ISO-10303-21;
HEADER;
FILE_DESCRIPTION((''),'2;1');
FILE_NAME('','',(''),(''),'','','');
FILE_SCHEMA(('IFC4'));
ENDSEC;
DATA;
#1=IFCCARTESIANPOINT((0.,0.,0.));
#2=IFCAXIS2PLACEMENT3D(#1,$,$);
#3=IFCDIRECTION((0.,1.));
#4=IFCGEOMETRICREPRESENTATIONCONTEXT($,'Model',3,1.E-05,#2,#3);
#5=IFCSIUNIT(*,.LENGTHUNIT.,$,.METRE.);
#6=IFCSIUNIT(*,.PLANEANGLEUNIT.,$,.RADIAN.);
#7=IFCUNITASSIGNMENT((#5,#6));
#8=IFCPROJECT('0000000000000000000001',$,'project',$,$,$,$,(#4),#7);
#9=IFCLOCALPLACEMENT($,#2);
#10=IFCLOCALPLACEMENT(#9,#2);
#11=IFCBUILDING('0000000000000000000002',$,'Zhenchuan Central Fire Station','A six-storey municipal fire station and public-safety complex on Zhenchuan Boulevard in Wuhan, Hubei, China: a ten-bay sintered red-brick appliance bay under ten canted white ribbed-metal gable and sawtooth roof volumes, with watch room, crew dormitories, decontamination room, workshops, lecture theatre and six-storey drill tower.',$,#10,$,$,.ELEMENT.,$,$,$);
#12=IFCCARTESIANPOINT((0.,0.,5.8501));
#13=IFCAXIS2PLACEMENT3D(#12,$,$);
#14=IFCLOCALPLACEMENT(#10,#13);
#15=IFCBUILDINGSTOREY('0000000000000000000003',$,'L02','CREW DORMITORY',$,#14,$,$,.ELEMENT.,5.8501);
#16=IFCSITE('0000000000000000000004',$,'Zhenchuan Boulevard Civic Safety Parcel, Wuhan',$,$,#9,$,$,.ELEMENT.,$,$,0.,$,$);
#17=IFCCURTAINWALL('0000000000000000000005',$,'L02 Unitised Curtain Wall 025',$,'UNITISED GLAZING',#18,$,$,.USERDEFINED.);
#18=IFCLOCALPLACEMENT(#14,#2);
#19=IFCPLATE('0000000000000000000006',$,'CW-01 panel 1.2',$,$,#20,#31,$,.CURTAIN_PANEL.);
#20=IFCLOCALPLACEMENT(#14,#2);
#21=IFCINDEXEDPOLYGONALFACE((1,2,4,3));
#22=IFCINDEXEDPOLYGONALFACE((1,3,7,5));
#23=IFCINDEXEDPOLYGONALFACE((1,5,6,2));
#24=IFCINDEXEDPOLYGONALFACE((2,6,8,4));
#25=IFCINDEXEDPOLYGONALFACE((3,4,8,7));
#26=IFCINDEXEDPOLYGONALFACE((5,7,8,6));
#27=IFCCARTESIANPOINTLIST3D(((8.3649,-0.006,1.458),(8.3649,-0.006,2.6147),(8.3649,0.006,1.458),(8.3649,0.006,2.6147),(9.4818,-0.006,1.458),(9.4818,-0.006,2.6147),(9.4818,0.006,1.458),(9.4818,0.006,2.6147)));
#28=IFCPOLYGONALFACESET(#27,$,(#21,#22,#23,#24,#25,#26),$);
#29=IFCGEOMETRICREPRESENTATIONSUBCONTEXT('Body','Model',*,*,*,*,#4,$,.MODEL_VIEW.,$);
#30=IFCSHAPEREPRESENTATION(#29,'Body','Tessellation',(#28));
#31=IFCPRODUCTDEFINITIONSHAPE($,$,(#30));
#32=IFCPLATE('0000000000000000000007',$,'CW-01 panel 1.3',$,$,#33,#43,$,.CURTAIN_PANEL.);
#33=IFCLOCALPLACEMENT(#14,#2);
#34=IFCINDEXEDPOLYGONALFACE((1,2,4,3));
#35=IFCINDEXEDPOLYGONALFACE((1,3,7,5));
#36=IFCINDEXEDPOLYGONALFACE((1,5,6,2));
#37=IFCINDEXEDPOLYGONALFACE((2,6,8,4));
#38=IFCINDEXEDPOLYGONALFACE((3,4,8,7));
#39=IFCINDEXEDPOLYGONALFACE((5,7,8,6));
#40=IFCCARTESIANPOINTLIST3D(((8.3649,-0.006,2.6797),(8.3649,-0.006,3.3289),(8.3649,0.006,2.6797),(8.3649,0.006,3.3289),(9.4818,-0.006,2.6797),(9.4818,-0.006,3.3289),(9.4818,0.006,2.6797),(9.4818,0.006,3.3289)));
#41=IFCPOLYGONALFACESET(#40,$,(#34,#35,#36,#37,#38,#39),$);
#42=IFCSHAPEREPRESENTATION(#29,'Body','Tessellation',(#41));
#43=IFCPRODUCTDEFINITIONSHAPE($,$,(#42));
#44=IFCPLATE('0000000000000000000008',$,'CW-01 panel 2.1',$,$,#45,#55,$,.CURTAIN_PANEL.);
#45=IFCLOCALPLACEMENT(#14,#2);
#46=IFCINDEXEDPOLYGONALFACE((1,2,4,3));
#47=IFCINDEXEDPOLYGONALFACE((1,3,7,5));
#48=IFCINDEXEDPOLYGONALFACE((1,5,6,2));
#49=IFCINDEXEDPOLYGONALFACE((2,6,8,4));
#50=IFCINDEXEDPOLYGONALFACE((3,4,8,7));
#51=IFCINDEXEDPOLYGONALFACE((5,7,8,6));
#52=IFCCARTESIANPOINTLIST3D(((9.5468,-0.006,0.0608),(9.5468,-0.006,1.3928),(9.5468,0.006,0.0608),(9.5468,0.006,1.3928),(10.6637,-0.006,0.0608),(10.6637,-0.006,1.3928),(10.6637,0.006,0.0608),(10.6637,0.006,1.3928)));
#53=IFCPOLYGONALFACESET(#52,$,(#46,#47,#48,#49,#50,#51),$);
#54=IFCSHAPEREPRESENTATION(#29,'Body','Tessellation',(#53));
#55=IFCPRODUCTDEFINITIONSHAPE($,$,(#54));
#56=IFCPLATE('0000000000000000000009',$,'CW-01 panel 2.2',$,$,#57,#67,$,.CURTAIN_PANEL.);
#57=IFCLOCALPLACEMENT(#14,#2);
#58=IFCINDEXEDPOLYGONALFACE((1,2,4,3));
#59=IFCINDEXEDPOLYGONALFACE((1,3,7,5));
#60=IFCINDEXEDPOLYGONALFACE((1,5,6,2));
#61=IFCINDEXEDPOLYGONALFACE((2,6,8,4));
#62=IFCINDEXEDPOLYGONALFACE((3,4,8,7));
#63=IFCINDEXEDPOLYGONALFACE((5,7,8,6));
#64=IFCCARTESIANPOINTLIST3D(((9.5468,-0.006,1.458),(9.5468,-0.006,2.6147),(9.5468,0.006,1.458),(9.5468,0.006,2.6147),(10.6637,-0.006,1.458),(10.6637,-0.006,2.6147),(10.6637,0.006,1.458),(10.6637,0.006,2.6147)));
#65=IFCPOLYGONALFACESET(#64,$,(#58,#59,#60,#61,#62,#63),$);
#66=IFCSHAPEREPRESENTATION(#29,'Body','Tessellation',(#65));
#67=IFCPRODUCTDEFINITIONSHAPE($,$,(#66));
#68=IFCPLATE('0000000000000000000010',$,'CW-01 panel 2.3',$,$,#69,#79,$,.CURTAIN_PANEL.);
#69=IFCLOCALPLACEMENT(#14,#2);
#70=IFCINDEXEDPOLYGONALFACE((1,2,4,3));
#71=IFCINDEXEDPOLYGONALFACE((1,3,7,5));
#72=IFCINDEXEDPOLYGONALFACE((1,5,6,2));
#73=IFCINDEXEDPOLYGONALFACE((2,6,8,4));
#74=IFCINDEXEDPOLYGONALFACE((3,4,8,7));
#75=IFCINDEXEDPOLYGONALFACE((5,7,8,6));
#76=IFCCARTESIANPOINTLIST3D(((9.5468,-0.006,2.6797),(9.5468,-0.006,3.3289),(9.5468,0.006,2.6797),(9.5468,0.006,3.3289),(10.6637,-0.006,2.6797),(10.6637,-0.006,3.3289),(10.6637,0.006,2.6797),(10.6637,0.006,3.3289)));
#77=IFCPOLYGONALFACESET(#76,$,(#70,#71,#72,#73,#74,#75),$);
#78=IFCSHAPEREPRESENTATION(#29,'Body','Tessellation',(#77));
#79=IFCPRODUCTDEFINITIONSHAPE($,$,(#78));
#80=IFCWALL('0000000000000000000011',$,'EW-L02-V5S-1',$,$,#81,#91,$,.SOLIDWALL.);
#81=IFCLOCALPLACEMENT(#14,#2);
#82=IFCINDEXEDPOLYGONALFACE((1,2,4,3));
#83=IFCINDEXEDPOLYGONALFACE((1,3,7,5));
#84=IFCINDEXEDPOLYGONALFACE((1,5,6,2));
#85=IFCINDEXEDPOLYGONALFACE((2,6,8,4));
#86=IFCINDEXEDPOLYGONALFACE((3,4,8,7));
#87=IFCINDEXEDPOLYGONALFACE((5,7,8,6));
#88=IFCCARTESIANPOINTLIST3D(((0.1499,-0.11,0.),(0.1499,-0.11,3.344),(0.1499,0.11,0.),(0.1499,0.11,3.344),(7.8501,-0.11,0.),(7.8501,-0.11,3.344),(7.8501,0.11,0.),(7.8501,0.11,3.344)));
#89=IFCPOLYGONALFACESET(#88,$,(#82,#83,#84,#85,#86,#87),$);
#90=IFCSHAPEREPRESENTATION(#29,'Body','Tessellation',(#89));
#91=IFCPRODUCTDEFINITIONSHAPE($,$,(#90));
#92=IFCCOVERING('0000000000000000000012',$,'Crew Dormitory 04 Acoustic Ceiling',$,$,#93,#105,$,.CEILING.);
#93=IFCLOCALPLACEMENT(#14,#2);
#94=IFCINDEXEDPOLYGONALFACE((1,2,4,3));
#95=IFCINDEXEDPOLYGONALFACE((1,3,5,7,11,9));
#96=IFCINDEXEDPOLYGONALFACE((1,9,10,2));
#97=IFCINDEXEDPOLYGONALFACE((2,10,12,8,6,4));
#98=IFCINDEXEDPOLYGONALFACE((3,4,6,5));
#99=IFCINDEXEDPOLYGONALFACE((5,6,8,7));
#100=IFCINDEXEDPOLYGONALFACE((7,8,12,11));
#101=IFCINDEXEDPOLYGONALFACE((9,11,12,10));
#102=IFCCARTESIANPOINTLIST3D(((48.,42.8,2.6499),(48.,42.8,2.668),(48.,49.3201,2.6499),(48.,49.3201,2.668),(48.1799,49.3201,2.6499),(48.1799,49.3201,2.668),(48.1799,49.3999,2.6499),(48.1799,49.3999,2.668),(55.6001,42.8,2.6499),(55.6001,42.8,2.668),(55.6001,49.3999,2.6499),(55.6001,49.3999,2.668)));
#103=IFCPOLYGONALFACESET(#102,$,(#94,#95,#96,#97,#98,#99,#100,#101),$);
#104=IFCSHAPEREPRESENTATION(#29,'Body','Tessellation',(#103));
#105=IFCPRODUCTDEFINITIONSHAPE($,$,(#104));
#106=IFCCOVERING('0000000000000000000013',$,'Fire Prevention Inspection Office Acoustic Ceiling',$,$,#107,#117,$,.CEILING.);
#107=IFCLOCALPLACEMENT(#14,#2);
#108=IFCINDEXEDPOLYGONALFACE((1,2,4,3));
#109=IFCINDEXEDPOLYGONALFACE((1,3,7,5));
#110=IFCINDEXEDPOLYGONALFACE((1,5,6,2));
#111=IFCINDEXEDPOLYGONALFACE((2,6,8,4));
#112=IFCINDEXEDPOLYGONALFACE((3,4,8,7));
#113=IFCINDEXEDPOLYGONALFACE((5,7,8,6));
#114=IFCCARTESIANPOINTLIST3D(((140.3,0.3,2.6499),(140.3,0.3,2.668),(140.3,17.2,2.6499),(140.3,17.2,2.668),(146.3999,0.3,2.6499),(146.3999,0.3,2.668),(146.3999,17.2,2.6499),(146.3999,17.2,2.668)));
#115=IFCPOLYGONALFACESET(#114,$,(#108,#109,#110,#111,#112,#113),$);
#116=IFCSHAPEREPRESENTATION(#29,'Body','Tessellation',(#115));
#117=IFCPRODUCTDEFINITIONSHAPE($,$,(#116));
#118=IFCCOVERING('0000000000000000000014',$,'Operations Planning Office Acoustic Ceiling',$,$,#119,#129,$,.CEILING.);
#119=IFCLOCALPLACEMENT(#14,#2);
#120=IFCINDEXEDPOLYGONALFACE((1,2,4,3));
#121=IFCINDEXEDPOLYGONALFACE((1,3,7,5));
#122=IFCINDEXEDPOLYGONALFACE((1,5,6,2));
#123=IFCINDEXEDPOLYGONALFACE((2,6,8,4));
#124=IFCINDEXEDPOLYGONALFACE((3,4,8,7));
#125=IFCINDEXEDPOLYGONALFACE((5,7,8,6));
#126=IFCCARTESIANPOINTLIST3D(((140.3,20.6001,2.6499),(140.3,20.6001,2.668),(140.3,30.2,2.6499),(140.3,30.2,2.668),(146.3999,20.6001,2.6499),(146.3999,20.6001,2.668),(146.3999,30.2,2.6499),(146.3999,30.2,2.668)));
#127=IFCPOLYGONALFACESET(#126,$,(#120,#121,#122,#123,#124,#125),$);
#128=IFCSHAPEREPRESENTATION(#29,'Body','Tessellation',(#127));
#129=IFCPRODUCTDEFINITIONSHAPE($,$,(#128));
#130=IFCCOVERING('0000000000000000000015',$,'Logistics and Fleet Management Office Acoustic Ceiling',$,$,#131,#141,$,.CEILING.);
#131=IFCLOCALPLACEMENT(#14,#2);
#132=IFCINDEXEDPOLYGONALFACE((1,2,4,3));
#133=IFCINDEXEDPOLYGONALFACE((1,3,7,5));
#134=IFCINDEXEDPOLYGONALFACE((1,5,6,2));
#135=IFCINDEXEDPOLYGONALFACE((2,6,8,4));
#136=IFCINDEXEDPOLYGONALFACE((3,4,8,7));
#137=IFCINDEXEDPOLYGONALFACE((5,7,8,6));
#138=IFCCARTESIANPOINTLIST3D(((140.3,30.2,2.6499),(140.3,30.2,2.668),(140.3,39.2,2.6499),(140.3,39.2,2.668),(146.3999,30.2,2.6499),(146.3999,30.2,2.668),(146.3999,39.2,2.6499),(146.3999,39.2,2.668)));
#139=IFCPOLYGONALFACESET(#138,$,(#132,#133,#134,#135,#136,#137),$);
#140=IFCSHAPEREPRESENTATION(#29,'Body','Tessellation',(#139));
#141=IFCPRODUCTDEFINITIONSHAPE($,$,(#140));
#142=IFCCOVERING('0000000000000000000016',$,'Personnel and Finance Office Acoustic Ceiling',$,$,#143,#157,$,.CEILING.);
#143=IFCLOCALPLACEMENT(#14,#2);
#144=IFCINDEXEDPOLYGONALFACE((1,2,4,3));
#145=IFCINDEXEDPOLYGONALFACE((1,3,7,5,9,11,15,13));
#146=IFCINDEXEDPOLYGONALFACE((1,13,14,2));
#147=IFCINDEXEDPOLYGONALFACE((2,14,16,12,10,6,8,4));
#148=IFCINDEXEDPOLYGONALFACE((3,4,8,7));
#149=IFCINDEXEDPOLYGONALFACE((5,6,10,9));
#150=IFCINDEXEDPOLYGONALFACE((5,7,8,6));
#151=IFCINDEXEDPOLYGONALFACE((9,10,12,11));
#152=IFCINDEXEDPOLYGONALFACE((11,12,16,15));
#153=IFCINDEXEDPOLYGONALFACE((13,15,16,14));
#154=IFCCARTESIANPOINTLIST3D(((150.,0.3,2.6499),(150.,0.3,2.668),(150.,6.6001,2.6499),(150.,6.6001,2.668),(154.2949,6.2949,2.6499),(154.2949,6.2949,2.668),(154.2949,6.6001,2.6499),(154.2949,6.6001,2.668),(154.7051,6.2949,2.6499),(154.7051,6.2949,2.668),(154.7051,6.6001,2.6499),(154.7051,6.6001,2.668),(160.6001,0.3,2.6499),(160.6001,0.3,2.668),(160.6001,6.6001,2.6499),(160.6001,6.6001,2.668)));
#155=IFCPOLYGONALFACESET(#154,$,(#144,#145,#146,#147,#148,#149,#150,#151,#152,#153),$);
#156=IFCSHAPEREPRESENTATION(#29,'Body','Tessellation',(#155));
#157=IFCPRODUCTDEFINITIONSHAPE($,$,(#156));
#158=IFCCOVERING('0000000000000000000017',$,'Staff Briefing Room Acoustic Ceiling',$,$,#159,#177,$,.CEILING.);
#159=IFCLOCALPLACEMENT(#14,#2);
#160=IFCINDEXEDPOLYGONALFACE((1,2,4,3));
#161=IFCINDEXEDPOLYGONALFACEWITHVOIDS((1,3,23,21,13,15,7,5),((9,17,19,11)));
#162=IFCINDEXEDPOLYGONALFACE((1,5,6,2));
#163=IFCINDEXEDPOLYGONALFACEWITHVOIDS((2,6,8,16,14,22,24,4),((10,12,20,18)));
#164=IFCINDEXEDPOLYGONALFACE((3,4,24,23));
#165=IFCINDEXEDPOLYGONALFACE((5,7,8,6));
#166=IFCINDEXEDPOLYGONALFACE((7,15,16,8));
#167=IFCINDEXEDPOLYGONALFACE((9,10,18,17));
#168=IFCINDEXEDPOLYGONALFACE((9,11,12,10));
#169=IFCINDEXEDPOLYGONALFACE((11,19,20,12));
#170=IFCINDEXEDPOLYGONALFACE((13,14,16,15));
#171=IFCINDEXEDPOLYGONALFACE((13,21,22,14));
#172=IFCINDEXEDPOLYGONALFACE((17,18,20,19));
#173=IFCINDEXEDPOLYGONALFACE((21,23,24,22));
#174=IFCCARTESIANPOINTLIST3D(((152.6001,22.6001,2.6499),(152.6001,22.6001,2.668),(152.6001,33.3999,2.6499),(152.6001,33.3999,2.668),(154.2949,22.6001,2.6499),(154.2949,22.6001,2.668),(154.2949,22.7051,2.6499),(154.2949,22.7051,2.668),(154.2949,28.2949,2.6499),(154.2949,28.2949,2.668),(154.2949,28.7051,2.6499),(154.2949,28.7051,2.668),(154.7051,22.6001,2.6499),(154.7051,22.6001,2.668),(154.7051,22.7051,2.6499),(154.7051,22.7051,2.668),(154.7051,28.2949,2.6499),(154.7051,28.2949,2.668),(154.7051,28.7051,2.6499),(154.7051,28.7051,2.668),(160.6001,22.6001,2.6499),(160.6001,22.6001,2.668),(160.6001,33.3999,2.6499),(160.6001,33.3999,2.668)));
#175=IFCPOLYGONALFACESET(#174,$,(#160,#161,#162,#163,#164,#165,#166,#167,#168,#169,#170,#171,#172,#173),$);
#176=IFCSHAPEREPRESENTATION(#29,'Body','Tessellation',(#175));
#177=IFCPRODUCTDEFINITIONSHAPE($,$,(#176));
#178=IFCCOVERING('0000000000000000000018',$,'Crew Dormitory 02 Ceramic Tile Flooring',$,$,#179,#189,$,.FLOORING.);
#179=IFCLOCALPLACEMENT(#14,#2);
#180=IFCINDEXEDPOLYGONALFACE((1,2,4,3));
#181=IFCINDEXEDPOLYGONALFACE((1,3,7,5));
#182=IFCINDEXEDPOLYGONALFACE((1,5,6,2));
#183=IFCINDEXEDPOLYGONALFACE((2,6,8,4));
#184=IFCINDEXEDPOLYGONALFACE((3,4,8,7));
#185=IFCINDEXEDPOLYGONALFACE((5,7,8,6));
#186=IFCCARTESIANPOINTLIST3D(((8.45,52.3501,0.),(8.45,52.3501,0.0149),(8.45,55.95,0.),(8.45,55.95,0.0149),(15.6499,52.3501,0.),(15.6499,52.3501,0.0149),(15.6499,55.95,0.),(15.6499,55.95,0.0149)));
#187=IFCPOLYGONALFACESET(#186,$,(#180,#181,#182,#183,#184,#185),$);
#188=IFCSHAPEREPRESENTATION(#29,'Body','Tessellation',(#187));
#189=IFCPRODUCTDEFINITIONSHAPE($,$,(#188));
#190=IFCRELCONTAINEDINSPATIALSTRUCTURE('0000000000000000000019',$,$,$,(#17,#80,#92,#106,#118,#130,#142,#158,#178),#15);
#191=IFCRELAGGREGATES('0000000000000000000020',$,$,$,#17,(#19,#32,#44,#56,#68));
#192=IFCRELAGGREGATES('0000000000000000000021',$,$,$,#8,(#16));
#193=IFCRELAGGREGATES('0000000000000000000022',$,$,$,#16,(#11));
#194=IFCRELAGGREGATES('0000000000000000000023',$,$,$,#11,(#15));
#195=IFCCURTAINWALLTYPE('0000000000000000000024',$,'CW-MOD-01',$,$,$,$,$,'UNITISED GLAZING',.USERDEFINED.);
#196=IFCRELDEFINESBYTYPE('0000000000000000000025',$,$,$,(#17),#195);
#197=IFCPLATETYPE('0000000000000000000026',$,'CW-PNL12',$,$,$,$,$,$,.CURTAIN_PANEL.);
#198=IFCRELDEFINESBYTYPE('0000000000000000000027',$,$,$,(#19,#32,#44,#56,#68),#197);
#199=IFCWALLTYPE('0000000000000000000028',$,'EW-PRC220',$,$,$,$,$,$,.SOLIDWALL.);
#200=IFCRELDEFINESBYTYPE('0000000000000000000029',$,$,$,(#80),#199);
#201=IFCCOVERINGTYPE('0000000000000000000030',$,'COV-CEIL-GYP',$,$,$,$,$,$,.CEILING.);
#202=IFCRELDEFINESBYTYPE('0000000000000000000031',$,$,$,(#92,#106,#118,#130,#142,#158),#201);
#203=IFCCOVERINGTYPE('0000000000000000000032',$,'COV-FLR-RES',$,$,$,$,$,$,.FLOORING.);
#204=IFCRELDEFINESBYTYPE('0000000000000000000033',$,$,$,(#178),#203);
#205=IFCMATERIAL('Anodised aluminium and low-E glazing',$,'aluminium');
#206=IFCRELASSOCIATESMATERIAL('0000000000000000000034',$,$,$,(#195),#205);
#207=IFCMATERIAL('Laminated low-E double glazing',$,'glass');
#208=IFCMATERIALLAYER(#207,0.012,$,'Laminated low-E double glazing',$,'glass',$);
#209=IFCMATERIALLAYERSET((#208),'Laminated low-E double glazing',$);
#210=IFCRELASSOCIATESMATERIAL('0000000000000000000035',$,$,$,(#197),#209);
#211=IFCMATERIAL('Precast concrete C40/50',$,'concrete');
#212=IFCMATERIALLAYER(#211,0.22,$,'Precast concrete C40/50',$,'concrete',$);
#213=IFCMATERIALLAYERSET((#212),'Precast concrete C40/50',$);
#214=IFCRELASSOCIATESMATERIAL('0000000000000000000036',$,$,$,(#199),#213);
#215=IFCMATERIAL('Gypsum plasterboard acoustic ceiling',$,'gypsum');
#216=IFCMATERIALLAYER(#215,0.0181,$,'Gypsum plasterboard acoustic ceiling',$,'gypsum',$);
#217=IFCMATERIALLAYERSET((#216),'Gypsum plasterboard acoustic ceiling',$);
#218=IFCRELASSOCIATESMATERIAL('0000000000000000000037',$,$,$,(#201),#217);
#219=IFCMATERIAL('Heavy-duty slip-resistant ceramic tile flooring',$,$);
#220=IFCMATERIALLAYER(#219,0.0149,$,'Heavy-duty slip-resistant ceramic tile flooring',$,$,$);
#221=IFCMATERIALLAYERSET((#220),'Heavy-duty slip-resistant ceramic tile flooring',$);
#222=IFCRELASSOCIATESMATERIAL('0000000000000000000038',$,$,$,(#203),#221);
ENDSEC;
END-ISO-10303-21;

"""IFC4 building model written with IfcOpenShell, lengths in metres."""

from ifc_helpers import new_model, si_unit, direction, frame, frame_2d, origin, origin_2d, place, context, subcontext, project, spatial, polyline, rectangle, outline, extrude, material, layer, layer_set, type_object, element, aggregate, save


model = new_model("IFC4")

# Units and contexts
model_context = context("Model", 3, precision=1e-05, world=origin(), true_north=direction((0.0, 1.0)))
body_context = subcontext(model_context, "Body", "Model", "MODEL_VIEW")
ifc_project = project(units=[si_unit("LENGTHUNIT", "METRE"), si_unit("PLANEANGLEUNIT", "RADIAN")], contexts=[model_context])

# Site, building, storey
site_placement = place(None, origin())
site = spatial("IfcSite", under=ifc_project, at=site_placement, Name="Zhenchuan Boulevard Civic Safety Parcel, Wuhan", CompositionType="ELEMENT", RefElevation=0.0)
building_placement = place(site_placement, origin())
building = spatial("IfcBuilding", under=site, at=building_placement, Name="Zhenchuan Central Fire Station", Description="A six-storey municipal fire station and public-safety complex on Zhenchuan Boulevard in Wuhan, Hubei, China: a ten-bay sintered red-brick appliance bay under ten canted white ribbed-metal gable and sawtooth roof volumes, with watch room, crew dormitories, decontamination room, workshops, lecture theatre and six-storey drill tower.", CompositionType="ELEMENT")
storey_placement = place(building_placement, frame((0.0, 0.0, 5.8501)))
storey = spatial("IfcBuildingStorey", under=building, at=storey_placement, Name="L02", Description="CREW DORMITORY", CompositionType="ELEMENT", Elevation=5.8501)

# Curtain wall
ifc_material_1 = material(Name="Anodised aluminium and low-E glazing", Category="aluminium")
curtain_wall_type_1 = type_object("IfcCurtainWallType", Name="CW-MOD-01", ElementType="UNITISED GLAZING", PredefinedType="USERDEFINED", material=ifc_material_1)
curtain_wall_1_placement = place(storey_placement, origin())
curtain_wall_1 = element("IfcCurtainWall", 1, at=curtain_wall_1_placement, inside=storey, type_object=curtain_wall_type_1, Name="L02 Unitised Curtain Wall 025", ObjectType="UNITISED GLAZING", PredefinedType="USERDEFINED")

# Plates
ifc_material_2 = material(Name="Laminated low-E double glazing", Category="glass")
ifc_layer_1 = layer(ifc_material_2, 0.012, Name="Laminated low-E double glazing", Category="glass")
ifc_layer_set_1 = layer_set([ifc_layer_1], Name="Laminated low-E double glazing")
plate_type = type_object("IfcPlateType", Name="CW-PNL12", PredefinedType="CURTAIN_PANEL", material=ifc_layer_set_1)
plate_1_placement = place(storey_placement, frame((8.9233, 0.0, 1.458), z_axis=(0.0, 0.0, 1.0), x_axis=(1.0, 0.0, 0.0)))
plate_1 = element("IfcPlate", 2, at=plate_1_placement, type_object=plate_type, Name="CW-01 panel 1.2", PredefinedType="CURTAIN_PANEL", context=body_context, shape_type="SweptSolid", body=[
    extrude(rectangle(XDim=1.1169, YDim=0.012, at=origin_2d()), origin(), (0.0, 0.0, 1.0), 1.1567),
])
plate_2_placement = place(storey_placement, frame((8.9233, 0.0, 2.6797), z_axis=(0.0, 0.0, 1.0), x_axis=(1.0, 0.0, 0.0)))
plate_2 = element("IfcPlate", 3, at=plate_2_placement, type_object=plate_type, Name="CW-01 panel 1.3", PredefinedType="CURTAIN_PANEL", context=body_context, shape_type="SweptSolid", body=[
    extrude(rectangle(XDim=1.1169, YDim=0.012, at=origin_2d()), origin(), (0.0, 0.0, 1.0), 0.6492),
])
plate_3_placement = place(storey_placement, frame((10.1052, 0.0, 0.0608), z_axis=(0.0, 0.0, 1.0), x_axis=(1.0, 0.0, 0.0)))
plate_3 = element("IfcPlate", 4, at=plate_3_placement, type_object=plate_type, Name="CW-01 panel 2.1", PredefinedType="CURTAIN_PANEL", context=body_context, shape_type="SweptSolid", body=[
    extrude(rectangle(XDim=1.1169, YDim=0.012, at=origin_2d()), origin(), (0.0, 0.0, 1.0), 1.332),
])
plate_4_placement = place(storey_placement, frame((10.1052, 0.0, 1.458), z_axis=(0.0, 0.0, 1.0), x_axis=(1.0, 0.0, 0.0)))
plate_4 = element("IfcPlate", 5, at=plate_4_placement, type_object=plate_type, Name="CW-01 panel 2.2", PredefinedType="CURTAIN_PANEL", context=body_context, shape_type="SweptSolid", body=[
    extrude(rectangle(XDim=1.1169, YDim=0.012, at=origin_2d()), origin(), (0.0, 0.0, 1.0), 1.1567),
])
plate_5_placement = place(storey_placement, frame((10.1052, 0.0, 2.6797), z_axis=(0.0, 0.0, 1.0), x_axis=(1.0, 0.0, 0.0)))
plate_5 = element("IfcPlate", 6, at=plate_5_placement, type_object=plate_type, Name="CW-01 panel 2.3", PredefinedType="CURTAIN_PANEL", context=body_context, shape_type="SweptSolid", body=[
    extrude(rectangle(XDim=1.1169, YDim=0.012, at=origin_2d()), origin(), (0.0, 0.0, 1.0), 0.6492),
])
aggregate(curtain_wall_1, [plate_1, plate_2, plate_3, plate_4, plate_5])

# Wall
ifc_material_3 = material(Name="Precast concrete C40/50", Category="concrete")
ifc_layer_2 = layer(ifc_material_3, 0.22, Name="Precast concrete C40/50", Category="concrete")
ifc_layer_set_2 = layer_set([ifc_layer_2], Name="Precast concrete C40/50")
wall_type = type_object("IfcWallType", Name="EW-PRC220", PredefinedType="SOLIDWALL", material=ifc_layer_set_2)
wall_placement = place(storey_placement, frame((0.1499, 0.0, 0.0), z_axis=(0.0, 0.0, 1.0), x_axis=(1.0, 0.0, 0.0)))
element("IfcWall", 7, at=wall_placement, inside=storey, type_object=wall_type, Name="EW-L02-V5S-1", PredefinedType="SOLIDWALL", context=body_context, shape_type="SweptSolid", body=[
    extrude(rectangle(XDim=7.7002, YDim=0.22, at=frame_2d((3.8501, 0.0))), origin(), (0.0, 0.0, 1.0), 3.344),
])

# Coverings
ifc_material_4 = material(Name="Gypsum plasterboard acoustic ceiling", Category="gypsum")
ifc_layer_3 = layer(ifc_material_4, 0.0181, Name="Gypsum plasterboard acoustic ceiling", Category="gypsum")
ifc_layer_set_3 = layer_set([ifc_layer_3], Name="Gypsum plasterboard acoustic ceiling")
covering_type_1 = type_object("IfcCoveringType", Name="COV-CEIL-GYP", PredefinedType="CEILING", material=ifc_layer_set_3)
covering_1_placement = place(storey_placement, frame((0.0, 0.0, 2.6499)))
element("IfcCovering", 8, at=covering_1_placement, inside=storey, type_object=covering_type_1, Name="Crew Dormitory 04 Acoustic Ceiling", PredefinedType="CEILING", context=body_context, shape_type="SweptSolid", body=[
    extrude(outline(polyline([(55.6001, 49.3999), (55.6001, 42.8), (48.0, 42.8), (48.0, 49.3201), (48.1799, 49.3201), (48.1799, 49.3999), (55.6001, 49.3999)])), origin(), (0.0, 0.0, 1.0), 0.0181),
])
covering_2_placement = place(storey_placement, frame((0.0, 0.0, 2.6499)))
element("IfcCovering", 9, at=covering_2_placement, inside=storey, type_object=covering_type_1, Name="Fire Prevention Inspection Office Acoustic Ceiling", PredefinedType="CEILING", context=body_context, shape_type="SweptSolid", body=[
    extrude(outline(polyline([(140.3, 0.3), (140.3, 17.2), (146.3999, 17.2), (146.3999, 0.3), (140.3, 0.3)])), origin(), (0.0, 0.0, 1.0), 0.0181),
])
covering_3_placement = place(storey_placement, frame((0.0, 0.0, 2.6499)))
element("IfcCovering", 10, at=covering_3_placement, inside=storey, type_object=covering_type_1, Name="Operations Planning Office Acoustic Ceiling", PredefinedType="CEILING", context=body_context, shape_type="SweptSolid", body=[
    extrude(outline(polyline([(140.3, 20.6001), (140.3, 30.2), (146.3999, 30.2), (146.3999, 20.6001), (140.3, 20.6001)])), origin(), (0.0, 0.0, 1.0), 0.0181),
])
covering_4_placement = place(storey_placement, frame((0.0, 0.0, 2.6499)))
element("IfcCovering", 11, at=covering_4_placement, inside=storey, type_object=covering_type_1, Name="Logistics and Fleet Management Office Acoustic Ceiling", PredefinedType="CEILING", context=body_context, shape_type="SweptSolid", body=[
    extrude(outline(polyline([(140.3, 30.2), (140.3, 39.2), (146.3999, 39.2), (146.3999, 30.2), (140.3, 30.2)])), origin(), (0.0, 0.0, 1.0), 0.0181),
])
covering_5_placement = place(storey_placement, frame((0.0, 0.0, 2.6499)))
element("IfcCovering", 12, at=covering_5_placement, inside=storey, type_object=covering_type_1, Name="Personnel and Finance Office Acoustic Ceiling", PredefinedType="CEILING", context=body_context, shape_type="SweptSolid", body=[
    extrude(outline(polyline([(160.6001, 6.6001), (160.6001, 0.3), (150.0, 0.3), (150.0, 6.6001), (154.2949, 6.6001), (154.2949, 6.2949), (154.7051, 6.2949), (154.7051, 6.6001), (160.6001, 6.6001)])), origin(), (0.0, 0.0, 1.0), 0.0181),
])
covering_6_placement = place(storey_placement, frame((0.0, 0.0, 2.6499)))
element("IfcCovering", 13, at=covering_6_placement, inside=storey, type_object=covering_type_1, Name="Staff Briefing Room Acoustic Ceiling", PredefinedType="CEILING", context=body_context, shape_type="SweptSolid", body=[
    extrude(outline(polyline([(152.6001, 22.6001), (152.6001, 33.3999), (160.6001, 33.3999), (160.6001, 22.6001), (154.7051, 22.6001), (154.7051, 22.7051), (154.2949, 22.7051), (154.2949, 22.6001), (152.6001, 22.6001)]), holes=[polyline([(154.7051, 28.2949), (154.7051, 28.7051), (154.2949, 28.7051), (154.2949, 28.2949), (154.7051, 28.2949)])]), origin(), (0.0, 0.0, 1.0), 0.0181),
])
ifc_material_5 = material(Name="Heavy-duty slip-resistant ceramic tile flooring")
ifc_layer_4 = layer(ifc_material_5, 0.0149, Name="Heavy-duty slip-resistant ceramic tile flooring")
ifc_layer_set_4 = layer_set([ifc_layer_4], Name="Heavy-duty slip-resistant ceramic tile flooring")
covering_type_2 = type_object("IfcCoveringType", Name="COV-FLR-RES", PredefinedType="FLOORING", material=ifc_layer_set_4)
covering_7_placement = place(storey_placement, origin())
element("IfcCovering", 14, at=covering_7_placement, inside=storey, type_object=covering_type_2, Name="Crew Dormitory 02 Ceramic Tile Flooring", PredefinedType="FLOORING", context=body_context, shape_type="SweptSolid", body=[
    extrude(outline(polyline([(8.45, 52.3501), (15.6499, 52.3501), (15.6499, 55.95), (8.45, 55.95), (8.45, 52.3501)])), origin(), (0.0, 0.0, 1.0), 0.0149),
])

save(model, "model.ifc")
